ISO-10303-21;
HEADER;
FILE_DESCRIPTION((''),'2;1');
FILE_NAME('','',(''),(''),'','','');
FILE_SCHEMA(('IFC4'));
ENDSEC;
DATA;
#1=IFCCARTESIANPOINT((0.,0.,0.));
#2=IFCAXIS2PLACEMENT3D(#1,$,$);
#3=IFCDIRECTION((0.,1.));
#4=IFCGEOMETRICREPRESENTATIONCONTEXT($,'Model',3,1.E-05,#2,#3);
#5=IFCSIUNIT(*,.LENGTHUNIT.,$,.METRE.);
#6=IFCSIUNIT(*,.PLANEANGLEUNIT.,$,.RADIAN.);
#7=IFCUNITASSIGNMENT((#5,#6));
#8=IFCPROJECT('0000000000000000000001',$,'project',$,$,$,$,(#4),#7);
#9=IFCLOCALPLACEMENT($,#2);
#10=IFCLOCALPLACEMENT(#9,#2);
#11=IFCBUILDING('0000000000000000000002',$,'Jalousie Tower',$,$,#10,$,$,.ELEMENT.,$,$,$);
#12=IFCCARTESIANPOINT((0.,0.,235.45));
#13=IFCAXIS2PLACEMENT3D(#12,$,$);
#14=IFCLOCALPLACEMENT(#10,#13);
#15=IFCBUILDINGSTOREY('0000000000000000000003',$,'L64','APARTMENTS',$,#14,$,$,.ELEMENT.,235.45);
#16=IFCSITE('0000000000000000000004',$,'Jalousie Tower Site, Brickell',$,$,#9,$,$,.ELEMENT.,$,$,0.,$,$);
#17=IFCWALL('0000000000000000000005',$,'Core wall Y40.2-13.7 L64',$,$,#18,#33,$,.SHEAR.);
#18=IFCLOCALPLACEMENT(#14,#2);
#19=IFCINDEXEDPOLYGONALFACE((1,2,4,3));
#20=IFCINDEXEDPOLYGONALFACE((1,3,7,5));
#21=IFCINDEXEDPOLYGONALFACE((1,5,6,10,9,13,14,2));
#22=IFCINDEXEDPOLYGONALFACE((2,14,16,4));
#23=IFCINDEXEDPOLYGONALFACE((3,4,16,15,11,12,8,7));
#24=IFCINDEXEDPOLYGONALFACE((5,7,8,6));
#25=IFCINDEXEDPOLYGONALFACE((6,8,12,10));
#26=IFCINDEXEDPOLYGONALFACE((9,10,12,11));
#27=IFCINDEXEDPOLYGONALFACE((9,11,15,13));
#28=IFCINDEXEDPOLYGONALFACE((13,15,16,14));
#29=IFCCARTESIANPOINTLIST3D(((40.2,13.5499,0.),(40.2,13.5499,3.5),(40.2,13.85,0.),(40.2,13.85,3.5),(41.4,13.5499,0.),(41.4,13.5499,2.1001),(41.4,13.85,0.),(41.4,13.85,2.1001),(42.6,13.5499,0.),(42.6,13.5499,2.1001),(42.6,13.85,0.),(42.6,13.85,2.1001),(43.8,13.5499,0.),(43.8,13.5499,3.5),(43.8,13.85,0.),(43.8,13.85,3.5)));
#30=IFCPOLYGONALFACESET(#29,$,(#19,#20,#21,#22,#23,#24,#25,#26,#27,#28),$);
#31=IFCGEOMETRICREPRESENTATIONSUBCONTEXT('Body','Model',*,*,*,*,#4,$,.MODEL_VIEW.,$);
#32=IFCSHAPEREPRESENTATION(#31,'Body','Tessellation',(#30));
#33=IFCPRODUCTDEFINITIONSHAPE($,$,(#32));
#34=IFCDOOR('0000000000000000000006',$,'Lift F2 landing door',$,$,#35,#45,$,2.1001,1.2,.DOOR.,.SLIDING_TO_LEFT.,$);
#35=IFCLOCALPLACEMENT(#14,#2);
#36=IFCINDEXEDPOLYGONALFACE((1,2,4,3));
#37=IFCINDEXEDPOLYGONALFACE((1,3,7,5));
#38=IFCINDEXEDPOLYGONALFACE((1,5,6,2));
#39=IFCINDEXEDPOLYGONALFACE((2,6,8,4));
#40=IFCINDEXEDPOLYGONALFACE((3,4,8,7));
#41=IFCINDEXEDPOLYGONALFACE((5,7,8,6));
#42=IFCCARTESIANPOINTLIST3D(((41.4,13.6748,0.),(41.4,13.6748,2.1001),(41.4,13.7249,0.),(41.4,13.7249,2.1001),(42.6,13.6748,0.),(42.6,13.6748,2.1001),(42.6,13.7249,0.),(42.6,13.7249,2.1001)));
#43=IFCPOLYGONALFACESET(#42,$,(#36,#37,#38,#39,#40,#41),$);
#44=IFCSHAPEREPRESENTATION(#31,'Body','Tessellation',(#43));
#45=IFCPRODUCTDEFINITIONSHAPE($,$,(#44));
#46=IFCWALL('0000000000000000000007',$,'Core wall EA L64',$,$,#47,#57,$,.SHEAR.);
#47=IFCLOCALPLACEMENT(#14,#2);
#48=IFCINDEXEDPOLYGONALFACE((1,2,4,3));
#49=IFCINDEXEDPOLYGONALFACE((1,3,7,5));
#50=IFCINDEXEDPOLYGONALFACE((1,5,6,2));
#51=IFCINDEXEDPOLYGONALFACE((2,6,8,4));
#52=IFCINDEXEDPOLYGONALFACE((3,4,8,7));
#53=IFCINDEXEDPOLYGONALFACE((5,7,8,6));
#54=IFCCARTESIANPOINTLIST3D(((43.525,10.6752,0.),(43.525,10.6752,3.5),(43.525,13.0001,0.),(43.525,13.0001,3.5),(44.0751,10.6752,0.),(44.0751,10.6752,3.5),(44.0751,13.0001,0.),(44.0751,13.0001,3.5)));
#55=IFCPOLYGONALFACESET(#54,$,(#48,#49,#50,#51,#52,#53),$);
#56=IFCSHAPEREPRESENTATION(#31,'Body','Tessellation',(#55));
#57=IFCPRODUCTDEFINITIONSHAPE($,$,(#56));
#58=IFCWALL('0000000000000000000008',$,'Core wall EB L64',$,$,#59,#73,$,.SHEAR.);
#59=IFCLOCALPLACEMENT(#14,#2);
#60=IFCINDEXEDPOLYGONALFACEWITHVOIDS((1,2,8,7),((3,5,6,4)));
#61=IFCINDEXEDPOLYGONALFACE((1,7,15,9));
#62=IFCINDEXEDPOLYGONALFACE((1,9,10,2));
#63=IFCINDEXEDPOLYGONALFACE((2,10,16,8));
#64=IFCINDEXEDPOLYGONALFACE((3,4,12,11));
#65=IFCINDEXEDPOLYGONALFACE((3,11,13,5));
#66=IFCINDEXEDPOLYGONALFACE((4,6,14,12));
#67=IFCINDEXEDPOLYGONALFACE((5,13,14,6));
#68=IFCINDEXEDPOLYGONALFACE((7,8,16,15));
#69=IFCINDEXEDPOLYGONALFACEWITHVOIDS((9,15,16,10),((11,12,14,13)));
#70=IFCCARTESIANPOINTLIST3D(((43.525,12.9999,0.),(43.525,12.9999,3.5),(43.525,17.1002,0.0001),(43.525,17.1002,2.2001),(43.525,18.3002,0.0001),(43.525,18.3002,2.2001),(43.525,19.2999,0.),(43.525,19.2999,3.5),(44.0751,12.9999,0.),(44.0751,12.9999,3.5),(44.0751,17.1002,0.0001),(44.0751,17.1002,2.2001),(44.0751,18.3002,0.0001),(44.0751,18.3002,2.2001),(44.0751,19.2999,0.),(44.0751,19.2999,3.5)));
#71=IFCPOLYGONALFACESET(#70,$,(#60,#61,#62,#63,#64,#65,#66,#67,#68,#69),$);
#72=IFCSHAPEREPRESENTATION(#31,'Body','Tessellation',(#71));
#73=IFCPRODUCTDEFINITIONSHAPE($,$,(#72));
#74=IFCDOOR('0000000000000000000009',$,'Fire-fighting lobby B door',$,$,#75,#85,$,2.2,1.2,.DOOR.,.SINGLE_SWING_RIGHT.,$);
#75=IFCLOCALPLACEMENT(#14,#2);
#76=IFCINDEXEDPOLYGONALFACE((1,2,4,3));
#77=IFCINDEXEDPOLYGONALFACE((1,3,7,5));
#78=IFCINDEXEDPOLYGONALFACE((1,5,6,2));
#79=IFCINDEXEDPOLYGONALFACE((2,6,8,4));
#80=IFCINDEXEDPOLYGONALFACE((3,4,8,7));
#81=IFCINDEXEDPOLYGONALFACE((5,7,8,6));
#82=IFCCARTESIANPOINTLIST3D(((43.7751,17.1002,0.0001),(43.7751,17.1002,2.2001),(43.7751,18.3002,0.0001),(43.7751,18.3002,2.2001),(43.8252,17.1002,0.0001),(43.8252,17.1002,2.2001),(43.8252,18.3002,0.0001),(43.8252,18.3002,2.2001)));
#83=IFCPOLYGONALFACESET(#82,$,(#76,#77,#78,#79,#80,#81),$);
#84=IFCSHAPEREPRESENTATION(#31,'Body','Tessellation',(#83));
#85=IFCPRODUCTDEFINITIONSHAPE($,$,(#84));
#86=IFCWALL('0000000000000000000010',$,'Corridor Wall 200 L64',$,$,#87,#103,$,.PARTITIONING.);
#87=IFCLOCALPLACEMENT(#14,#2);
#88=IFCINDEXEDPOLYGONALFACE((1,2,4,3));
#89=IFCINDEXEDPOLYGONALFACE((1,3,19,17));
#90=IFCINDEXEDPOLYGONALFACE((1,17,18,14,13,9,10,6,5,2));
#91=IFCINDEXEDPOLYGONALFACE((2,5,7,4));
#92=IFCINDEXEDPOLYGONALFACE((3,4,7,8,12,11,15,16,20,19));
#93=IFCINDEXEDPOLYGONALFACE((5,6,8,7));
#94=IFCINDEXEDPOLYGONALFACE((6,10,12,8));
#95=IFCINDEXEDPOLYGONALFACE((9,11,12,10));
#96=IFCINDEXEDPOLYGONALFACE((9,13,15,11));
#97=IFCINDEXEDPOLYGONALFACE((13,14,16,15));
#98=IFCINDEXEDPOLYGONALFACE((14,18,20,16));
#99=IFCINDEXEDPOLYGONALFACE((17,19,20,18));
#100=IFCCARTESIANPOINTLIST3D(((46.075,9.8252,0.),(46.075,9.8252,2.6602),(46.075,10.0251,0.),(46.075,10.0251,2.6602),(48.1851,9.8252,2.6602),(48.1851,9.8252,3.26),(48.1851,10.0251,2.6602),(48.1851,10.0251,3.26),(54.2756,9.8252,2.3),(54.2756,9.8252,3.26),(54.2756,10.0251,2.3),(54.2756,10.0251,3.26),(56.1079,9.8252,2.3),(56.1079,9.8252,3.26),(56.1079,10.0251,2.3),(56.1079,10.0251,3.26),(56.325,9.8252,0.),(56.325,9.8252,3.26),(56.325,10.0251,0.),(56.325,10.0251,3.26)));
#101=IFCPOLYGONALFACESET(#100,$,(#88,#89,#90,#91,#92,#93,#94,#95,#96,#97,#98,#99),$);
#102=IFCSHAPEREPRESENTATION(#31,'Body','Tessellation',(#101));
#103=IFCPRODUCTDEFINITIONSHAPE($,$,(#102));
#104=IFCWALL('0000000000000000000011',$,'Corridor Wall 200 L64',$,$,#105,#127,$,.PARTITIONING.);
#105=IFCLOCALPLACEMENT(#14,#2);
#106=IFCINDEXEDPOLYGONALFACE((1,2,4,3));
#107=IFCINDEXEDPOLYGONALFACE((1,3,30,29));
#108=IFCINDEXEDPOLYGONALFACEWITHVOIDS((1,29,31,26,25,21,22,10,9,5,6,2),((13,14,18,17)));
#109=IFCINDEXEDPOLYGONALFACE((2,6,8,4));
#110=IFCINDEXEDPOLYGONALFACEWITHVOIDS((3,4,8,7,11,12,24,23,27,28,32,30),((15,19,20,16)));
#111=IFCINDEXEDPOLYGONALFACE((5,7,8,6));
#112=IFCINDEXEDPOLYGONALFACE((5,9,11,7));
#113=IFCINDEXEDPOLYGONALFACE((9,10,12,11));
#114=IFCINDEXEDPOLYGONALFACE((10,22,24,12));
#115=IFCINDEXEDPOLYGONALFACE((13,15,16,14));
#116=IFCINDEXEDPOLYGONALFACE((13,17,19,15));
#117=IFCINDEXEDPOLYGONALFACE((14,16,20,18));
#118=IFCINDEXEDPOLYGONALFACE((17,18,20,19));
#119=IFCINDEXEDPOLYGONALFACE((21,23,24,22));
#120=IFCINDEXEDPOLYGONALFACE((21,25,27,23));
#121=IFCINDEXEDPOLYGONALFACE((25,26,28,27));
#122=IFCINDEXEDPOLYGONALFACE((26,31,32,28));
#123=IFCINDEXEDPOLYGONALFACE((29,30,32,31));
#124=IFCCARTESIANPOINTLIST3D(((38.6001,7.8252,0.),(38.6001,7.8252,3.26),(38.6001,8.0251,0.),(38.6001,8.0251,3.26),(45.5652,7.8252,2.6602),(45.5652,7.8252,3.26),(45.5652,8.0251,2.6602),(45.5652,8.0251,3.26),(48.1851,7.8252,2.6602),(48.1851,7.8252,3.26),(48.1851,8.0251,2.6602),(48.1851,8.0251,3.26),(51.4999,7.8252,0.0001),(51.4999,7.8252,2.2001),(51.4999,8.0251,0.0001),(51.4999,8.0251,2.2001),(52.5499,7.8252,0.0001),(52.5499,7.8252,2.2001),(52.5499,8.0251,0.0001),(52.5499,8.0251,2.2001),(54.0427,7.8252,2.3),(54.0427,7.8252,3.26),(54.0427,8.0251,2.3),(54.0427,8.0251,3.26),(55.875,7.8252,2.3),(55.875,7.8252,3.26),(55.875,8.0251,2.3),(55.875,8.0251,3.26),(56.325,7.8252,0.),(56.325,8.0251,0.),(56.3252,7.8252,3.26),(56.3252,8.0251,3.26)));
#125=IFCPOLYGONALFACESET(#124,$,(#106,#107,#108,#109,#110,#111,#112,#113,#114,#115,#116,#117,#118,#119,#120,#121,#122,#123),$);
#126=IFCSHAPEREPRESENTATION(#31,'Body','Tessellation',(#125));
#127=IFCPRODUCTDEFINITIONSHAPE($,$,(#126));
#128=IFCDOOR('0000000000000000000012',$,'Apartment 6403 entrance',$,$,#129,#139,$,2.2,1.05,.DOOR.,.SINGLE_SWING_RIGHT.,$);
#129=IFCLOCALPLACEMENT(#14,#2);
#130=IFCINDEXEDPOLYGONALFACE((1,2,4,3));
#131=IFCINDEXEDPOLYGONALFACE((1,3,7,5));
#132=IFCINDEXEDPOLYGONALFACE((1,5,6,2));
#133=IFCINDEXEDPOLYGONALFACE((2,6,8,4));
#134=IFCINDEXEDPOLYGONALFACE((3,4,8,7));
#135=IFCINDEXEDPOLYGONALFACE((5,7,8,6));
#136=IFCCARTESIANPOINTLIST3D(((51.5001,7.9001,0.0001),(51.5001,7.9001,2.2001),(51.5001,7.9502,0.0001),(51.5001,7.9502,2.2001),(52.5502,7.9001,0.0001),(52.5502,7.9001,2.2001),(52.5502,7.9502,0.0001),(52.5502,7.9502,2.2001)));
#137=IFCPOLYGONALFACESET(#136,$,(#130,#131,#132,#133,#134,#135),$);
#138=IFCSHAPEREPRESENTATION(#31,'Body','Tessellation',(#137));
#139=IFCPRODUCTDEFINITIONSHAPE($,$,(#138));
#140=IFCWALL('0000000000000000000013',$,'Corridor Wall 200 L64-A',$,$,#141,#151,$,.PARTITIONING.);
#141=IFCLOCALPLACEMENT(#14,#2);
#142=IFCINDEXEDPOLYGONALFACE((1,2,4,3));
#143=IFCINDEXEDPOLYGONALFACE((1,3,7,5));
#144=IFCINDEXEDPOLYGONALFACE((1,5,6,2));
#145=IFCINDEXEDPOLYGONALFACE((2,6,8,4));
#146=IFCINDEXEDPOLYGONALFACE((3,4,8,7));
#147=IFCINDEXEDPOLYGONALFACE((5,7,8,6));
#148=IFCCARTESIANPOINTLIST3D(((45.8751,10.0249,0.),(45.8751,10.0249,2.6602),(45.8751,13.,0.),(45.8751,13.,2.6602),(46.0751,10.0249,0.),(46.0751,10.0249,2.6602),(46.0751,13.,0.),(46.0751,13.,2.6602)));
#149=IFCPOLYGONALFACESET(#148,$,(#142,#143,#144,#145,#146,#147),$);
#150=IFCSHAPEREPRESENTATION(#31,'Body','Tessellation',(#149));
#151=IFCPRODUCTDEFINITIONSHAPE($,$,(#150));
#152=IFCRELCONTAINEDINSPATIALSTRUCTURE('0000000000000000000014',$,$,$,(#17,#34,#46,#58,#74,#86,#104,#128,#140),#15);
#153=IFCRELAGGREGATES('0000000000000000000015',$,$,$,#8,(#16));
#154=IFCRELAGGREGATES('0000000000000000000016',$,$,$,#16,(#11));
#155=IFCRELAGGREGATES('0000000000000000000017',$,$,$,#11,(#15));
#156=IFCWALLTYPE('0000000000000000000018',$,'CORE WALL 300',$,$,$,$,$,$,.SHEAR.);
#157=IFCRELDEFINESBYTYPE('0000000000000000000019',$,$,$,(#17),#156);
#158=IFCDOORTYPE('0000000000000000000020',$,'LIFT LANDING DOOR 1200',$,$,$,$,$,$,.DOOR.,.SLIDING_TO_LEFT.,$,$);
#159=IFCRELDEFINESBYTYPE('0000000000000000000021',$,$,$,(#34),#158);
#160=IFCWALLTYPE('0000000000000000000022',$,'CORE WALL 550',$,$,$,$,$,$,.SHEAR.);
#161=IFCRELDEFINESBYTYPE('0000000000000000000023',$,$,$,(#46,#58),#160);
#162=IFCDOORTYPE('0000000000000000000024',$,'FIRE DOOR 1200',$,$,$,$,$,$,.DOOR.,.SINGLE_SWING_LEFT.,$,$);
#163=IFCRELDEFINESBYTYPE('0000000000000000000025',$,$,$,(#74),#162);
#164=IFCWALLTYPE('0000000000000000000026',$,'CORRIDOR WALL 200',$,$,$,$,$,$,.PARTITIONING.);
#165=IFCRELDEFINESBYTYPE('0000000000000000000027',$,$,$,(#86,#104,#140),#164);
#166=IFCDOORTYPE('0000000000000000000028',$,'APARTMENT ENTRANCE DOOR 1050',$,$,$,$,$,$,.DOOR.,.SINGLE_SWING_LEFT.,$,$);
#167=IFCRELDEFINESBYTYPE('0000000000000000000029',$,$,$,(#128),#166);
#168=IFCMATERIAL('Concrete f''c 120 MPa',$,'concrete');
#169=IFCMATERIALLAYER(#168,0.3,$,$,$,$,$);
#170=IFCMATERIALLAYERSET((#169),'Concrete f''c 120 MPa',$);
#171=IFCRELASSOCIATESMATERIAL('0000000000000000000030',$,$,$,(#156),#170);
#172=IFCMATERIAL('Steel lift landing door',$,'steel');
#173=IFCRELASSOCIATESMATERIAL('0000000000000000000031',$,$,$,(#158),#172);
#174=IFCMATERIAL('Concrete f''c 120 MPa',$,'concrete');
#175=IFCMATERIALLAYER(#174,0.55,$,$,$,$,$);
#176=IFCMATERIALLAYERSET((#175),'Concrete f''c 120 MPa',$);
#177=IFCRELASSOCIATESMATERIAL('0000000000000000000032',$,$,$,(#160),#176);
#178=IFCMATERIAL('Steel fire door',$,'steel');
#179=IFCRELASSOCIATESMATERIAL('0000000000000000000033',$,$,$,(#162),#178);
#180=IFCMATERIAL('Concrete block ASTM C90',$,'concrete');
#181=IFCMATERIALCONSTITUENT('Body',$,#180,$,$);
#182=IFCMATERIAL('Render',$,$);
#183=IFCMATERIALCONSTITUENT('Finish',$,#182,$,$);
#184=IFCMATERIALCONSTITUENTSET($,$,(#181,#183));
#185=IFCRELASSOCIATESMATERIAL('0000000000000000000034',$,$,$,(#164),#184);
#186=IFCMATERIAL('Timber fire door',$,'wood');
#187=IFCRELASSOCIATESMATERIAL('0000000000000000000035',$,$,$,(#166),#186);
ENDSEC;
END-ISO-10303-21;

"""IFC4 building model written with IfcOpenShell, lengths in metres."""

from ifc_helpers import new_model, si_unit, direction, frame, frame_2d, origin, place, context, subcontext, project, spatial, polyline, rectangle, outline, extrude, material, layer, layer_set, constituent, constituent_set, type_object, element, fill, save


model = new_model("IFC4")

# Units and contexts
model_context = context("Model", 3, precision=1e-05, world=origin(), true_north=direction((0.0, 1.0)))
body_context = subcontext(model_context, "Body", "Model", "MODEL_VIEW")
ifc_project = project(units=[si_unit("LENGTHUNIT", "METRE"), si_unit("PLANEANGLEUNIT", "RADIAN")], contexts=[model_context])

# Site, building, storey
site_placement = place(None, origin())
site = spatial("IfcSite", under=ifc_project, at=site_placement, Name="Jalousie Tower Site, Brickell", CompositionType="ELEMENT", RefElevation=0.0)
building_placement = place(site_placement, origin())
building = spatial("IfcBuilding", under=site, at=building_placement, Name="Jalousie Tower", CompositionType="ELEMENT")
storey_placement = place(building_placement, frame((0.0, 0.0, 235.45)))
storey = spatial("IfcBuildingStorey", under=building, at=storey_placement, Name="L64", Description="APARTMENTS", CompositionType="ELEMENT", Elevation=235.45)

# Shared definitions
ifc_material_1 = material(Name="Concrete f'c 120 MPa", Category="concrete")
ifc_layer_1 = layer(ifc_material_1, 0.3)
ifc_layer_set_1 = layer_set([ifc_layer_1], Name="Concrete f'c 120 MPa")
wall_type_1 = type_object("IfcWallType", Name="CORE WALL 300", PredefinedType="SHEAR", material=ifc_layer_set_1)

# Wall, opening, door
wall_1_placement = place(storey_placement, frame((40.2, 13.7, 0.0), z_axis=(0.0, 0.0, 1.0), x_axis=(1.0, 0.0, 0.0)))
wall_1 = element("IfcWall", 1, at=wall_1_placement, inside=storey, type_object=wall_type_1, Name="Core wall Y40.2-13.7 L64", PredefinedType="SHEAR", context=body_context, shape_type="SweptSolid", body=[
    extrude(rectangle(XDim=3.6001, YDim=0.3, at=frame_2d((1.8, 0.0))), origin(), (0.0, 0.0, 1.0), 3.5),
])
opening_1_placement = place(wall_1_placement, frame((1.2, 0.0, 0.0)))
opening_1 = element("IfcOpeningElement", 2, at=opening_1_placement, cuts=wall_1, PredefinedType="OPENING", context=body_context, shape_type="SweptSolid", body=[
    extrude(rectangle(XDim=1.2, YDim=2.1001, at=frame_2d((0.6001, 1.05))), frame((0.0, 0.1599, 0.0), z_axis=(0.0, -1.0, 0.0), x_axis=(1.0, 0.0, 0.0)), (0.0, 0.0, 1.0), 0.3201),
])
ifc_material_2 = material(Name="Steel lift landing door", Category="steel")
door_type_1 = type_object("IfcDoorType", Name="LIFT LANDING DOOR 1200", OperationType="SLIDING_TO_LEFT", PredefinedType="DOOR", material=ifc_material_2)
door_1_placement = place(opening_1_placement, origin())
door_1 = element("IfcDoor", 3, at=door_1_placement, inside=storey, type_object=door_type_1, Name="Lift F2 landing door", OperationType="SLIDING_TO_LEFT", OverallHeight=2.1001, OverallWidth=1.2, PredefinedType="DOOR", context=body_context, shape_type="SweptSolid", body=[
    extrude(rectangle(XDim=1.2, YDim=2.1001, at=frame_2d((0.6001, 1.05))), frame((0.0, 0.0249, 0.0), z_axis=(0.0, -1.0, 0.0), x_axis=(1.0, 0.0, 0.0)), (0.0, 0.0, 1.0), 0.05),
])
fill(opening_1, door_1)

# Wall
ifc_material_3 = material(Name="Concrete f'c 120 MPa", Category="concrete")
ifc_layer_2 = layer(ifc_material_3, 0.55)
ifc_layer_set_2 = layer_set([ifc_layer_2], Name="Concrete f'c 120 MPa")
wall_type_2 = type_object("IfcWallType", Name="CORE WALL 550", PredefinedType="SHEAR", material=ifc_layer_set_2)
wall_2_placement = place(storey_placement, frame((43.8, 10.675, 0.0), z_axis=(0.0, 0.0, 1.0), x_axis=(0.0, 1.0, 0.0)))
element("IfcWall", 4, at=wall_2_placement, inside=storey, type_object=wall_type_2, Name="Core wall EA L64", PredefinedType="SHEAR", context=body_context, shape_type="SweptSolid", body=[
    extrude(rectangle(XDim=2.325, YDim=0.55, at=frame_2d((1.1626, 0.0))), origin(), (0.0, 0.0, 1.0), 3.5),
])

# Wall, opening, door
wall_3_placement = place(storey_placement, frame((43.8, 13.0, 0.0), z_axis=(0.0, 0.0, 1.0), x_axis=(0.0, 1.0, 0.0)))
wall_3 = element("IfcWall", 5, at=wall_3_placement, inside=storey, type_object=wall_type_2, Name="Core wall EB L64", PredefinedType="SHEAR", context=body_context, shape_type="SweptSolid", body=[
    extrude(rectangle(XDim=6.3, YDim=0.55, at=frame_2d((3.1499, 0.0))), origin(), (0.0, 0.0, 1.0), 3.5),
])
opening_2_placement = place(wall_3_placement, frame((4.1001, 0.0, 0.0)))
opening_2 = element("IfcOpeningElement", 6, at=opening_2_placement, cuts=wall_3, PredefinedType="OPENING", context=body_context, shape_type="SweptSolid", body=[
    extrude(rectangle(XDim=1.2, YDim=2.2, at=frame_2d((0.6001, 1.1001))), frame((0.0, 0.2849, 0.0), z_axis=(0.0, -1.0, 0.0), x_axis=(1.0, 0.0, 0.0)), (0.0, 0.0, 1.0), 0.5701),
])
ifc_material_4 = material(Name="Steel fire door", Category="steel")
door_type_2 = type_object("IfcDoorType", Name="FIRE DOOR 1200", OperationType="SINGLE_SWING_LEFT", PredefinedType="DOOR", material=ifc_material_4)
door_2_placement = place(opening_2_placement, origin())
door_2 = element("IfcDoor", 7, at=door_2_placement, inside=storey, type_object=door_type_2, Name="Fire-fighting lobby B door", OperationType="SINGLE_SWING_RIGHT", OverallHeight=2.2, OverallWidth=1.2, PredefinedType="DOOR", context=body_context, shape_type="SweptSolid", body=[
    extrude(rectangle(XDim=1.2, YDim=2.2, at=frame_2d((0.6001, 1.1001))), frame((0.0, 0.0249, 0.0), z_axis=(0.0, -1.0, 0.0), x_axis=(1.0, 0.0, 0.0)), (0.0, 0.0, 1.0), 0.05),
])
fill(opening_2, door_2)

# Wall
ifc_material_5 = material(Name="Concrete block ASTM C90", Category="concrete")
ifc_constituent_1 = constituent(ifc_material_5, Name="Body")
ifc_material_6 = material(Name="Render")
ifc_constituent_2 = constituent(ifc_material_6, Name="Finish")
ifc_constituent_set_1 = constituent_set(constituents=[ifc_constituent_1, ifc_constituent_2])
wall_type_3 = type_object("IfcWallType", Name="CORRIDOR WALL 200", PredefinedType="PARTITIONING", material=ifc_constituent_set_1)
wall_4_placement = place(storey_placement, frame((46.075, 9.925, 0.0), z_axis=(0.0, 0.0, 1.0), x_axis=(1.0, 0.0, 0.0)))
element("IfcWall", 8, at=wall_4_placement, inside=storey, type_object=wall_type_3, Name="Corridor Wall 200 L64", PredefinedType="PARTITIONING", context=body_context, shape_type="SweptSolid", body=[
    extrude(outline(polyline([(0.0, 0.0), (10.25, 0.0), (10.25, 3.26), (10.033, 3.26), (10.033, 2.3), (8.2007, 2.3), (8.2007, 3.26), (2.1101, 3.26), (2.1101, 2.6602), (0.0, 2.6602), (0.0, 3.26), (0.0, 0.0)])), frame((0.0, 0.1001, 0.0), z_axis=(0.0, -1.0, 0.0), x_axis=(1.0, 0.0, 0.0)), (0.0, 0.0, 1.0), 0.2),
])

# Wall, opening, door
wall_5_placement = place(storey_placement, frame((38.6001, 7.925, 0.0), z_axis=(0.0, 0.0, 1.0), x_axis=(1.0, 0.0, 0.0)))
wall_5 = element("IfcWall", 9, at=wall_5_placement, inside=storey, type_object=wall_type_3, Name="Corridor Wall 200 L64", PredefinedType="PARTITIONING", context=body_context, shape_type="SweptSolid", body=[
    extrude(outline(polyline([(0.0, 0.0), (17.7249, 0.0), (17.7251, 3.26), (17.2749, 3.26), (17.2749, 2.3), (15.4426, 2.3), (15.4426, 3.26), (9.585, 3.26), (9.585, 2.6602), (6.9651, 2.6602), (6.9651, 3.26), (0.0, 3.26), (0.0, 0.0)])), frame((0.0, 0.1001, 0.0), z_axis=(0.0, -1.0, 0.0), x_axis=(1.0, 0.0, 0.0)), (0.0, 0.0, 1.0), 0.2),
])
opening_3_placement = place(wall_5_placement, frame((12.8999, 0.0, 0.0)))
opening_3 = element("IfcOpeningElement", 10, at=opening_3_placement, cuts=wall_5, PredefinedType="OPENING", context=body_context, shape_type="SweptSolid", body=[
    extrude(rectangle(XDim=1.05, YDim=2.2, at=frame_2d((0.5249, 1.1001))), frame((0.0, 0.1099, 0.0), z_axis=(0.0, -1.0, 0.0), x_axis=(1.0, 0.0, 0.0)), (0.0, 0.0, 1.0), 0.22),
])
ifc_material_7 = material(Name="Timber fire door", Category="wood")
door_type_3 = type_object("IfcDoorType", Name="APARTMENT ENTRANCE DOOR 1050", OperationType="SINGLE_SWING_LEFT", PredefinedType="DOOR", material=ifc_material_7)
door_3_placement = place(opening_3_placement, frame((1.05, 0.0, 0.0), z_axis=(0.0, 0.0, 1.0), x_axis=(-1.0, 0.0, 0.0)))
door_3 = element("IfcDoor", 11, at=door_3_placement, inside=storey, type_object=door_type_3, Name="Apartment 6403 entrance", OperationType="SINGLE_SWING_RIGHT", OverallHeight=2.2, OverallWidth=1.05, PredefinedType="DOOR", context=body_context, shape_type="SweptSolid", body=[
    extrude(rectangle(XDim=1.05, YDim=2.2, at=frame_2d((0.5249, 1.1001))), frame((0.0, 0.0249, 0.0), z_axis=(0.0, -1.0, 0.0), x_axis=(1.0, 0.0, 0.0)), (0.0, 0.0, 1.0), 0.05),
])
fill(opening_3, door_3)

# Wall
wall_6_placement = place(storey_placement, frame((45.9751, 10.0249, 0.0), z_axis=(0.0, 0.0, 1.0), x_axis=(0.0, 1.0, 0.0)))
element("IfcWall", 12, at=wall_6_placement, inside=storey, type_object=wall_type_3, Name="Corridor Wall 200 L64-A", PredefinedType="PARTITIONING", context=body_context, shape_type="SweptSolid", body=[
    extrude(rectangle(XDim=2.9751, YDim=0.2, at=frame_2d((1.4875, 0.0))), origin(), (0.0, 0.0, 1.0), 2.6602),
])

save(model, "model.ifc")
